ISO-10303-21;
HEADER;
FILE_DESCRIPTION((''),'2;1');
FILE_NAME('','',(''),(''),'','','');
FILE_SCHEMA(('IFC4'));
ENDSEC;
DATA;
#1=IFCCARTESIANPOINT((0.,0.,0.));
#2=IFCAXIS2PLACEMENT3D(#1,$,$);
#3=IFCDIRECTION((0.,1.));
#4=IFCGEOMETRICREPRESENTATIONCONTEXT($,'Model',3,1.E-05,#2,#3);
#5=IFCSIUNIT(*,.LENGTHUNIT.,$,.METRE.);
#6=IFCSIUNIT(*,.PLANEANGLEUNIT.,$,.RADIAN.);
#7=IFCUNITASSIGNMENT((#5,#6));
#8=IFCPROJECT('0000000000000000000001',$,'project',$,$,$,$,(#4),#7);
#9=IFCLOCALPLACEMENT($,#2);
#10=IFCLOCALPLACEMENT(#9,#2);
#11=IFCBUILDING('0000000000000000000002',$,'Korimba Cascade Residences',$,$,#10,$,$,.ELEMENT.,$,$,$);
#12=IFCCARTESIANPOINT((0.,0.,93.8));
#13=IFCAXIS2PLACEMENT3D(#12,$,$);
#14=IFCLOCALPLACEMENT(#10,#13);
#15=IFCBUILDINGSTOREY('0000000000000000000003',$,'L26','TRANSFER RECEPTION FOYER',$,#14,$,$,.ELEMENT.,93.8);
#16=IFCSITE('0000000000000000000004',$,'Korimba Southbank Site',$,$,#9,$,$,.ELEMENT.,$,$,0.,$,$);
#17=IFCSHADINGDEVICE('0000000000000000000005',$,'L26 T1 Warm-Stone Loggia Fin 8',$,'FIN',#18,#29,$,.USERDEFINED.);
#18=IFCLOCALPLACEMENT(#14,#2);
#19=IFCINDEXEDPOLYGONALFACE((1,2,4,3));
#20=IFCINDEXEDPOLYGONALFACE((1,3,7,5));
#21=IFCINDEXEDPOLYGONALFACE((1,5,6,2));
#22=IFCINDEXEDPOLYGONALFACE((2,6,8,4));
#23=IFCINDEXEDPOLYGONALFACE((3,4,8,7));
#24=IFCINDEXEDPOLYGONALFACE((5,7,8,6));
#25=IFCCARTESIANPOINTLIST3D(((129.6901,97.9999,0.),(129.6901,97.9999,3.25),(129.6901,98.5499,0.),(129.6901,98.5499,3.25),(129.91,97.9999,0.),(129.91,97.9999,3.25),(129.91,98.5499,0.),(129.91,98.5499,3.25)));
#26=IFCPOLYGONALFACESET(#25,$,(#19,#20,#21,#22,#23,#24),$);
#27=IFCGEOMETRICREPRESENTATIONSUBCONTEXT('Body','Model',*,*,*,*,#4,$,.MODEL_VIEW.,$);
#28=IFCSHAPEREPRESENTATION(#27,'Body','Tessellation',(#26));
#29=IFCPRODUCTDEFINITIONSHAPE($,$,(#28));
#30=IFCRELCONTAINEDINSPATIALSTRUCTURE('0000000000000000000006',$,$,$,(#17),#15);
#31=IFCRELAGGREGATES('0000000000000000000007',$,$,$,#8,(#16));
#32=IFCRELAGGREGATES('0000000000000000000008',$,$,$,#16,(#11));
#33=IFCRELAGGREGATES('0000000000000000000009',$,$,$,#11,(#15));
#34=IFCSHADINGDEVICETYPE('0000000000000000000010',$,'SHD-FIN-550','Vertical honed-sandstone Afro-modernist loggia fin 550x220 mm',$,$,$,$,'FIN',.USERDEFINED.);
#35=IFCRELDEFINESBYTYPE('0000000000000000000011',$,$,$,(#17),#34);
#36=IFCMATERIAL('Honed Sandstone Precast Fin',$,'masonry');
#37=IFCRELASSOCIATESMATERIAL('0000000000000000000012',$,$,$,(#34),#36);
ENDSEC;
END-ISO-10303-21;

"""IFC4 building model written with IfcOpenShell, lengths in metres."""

from ifc_helpers import new_model, si_unit, direction, frame, origin, origin_2d, place, context, subcontext, project, spatial, rectangle, extrude, material, type_object, element, save


model = new_model("IFC4")

# Units and contexts
model_context = context("Model", 3, precision=1e-05, world=origin(), true_north=direction((0.0, 1.0)))
body_context = subcontext(model_context, "Body", "Model", "MODEL_VIEW")
ifc_project = project(units=[si_unit("LENGTHUNIT", "METRE"), si_unit("PLANEANGLEUNIT", "RADIAN")], contexts=[model_context])

# Site, building, storey
site_placement = place(None, origin())
site = spatial("IfcSite", under=ifc_project, at=site_placement, Name="Korimba Southbank Site", CompositionType="ELEMENT", RefElevation=0.0)
building_placement = place(site_placement, origin())
building = spatial("IfcBuilding", under=site, at=building_placement, Name="Korimba Cascade Residences", CompositionType="ELEMENT")
storey_placement = place(building_placement, frame((0.0, 0.0, 93.8)))
storey = spatial("IfcBuildingStorey", under=building, at=storey_placement, Name="L26", Description="TRANSFER RECEPTION FOYER", CompositionType="ELEMENT", Elevation=93.8)

# Shading device
ifc_material_1 = material(Name="Honed Sandstone Precast Fin", Category="masonry")
shading_device_type = type_object("IfcShadingDeviceType", Name="SHD-FIN-550", Description="Vertical honed-sandstone Afro-modernist loggia fin 550x220 mm", ElementType="FIN", PredefinedType="USERDEFINED", material=ifc_material_1)
shading_device_placement = place(storey_placement, frame((129.8, 98.2749, 0.0), z_axis=(0.0, 0.0, 1.0), x_axis=(1.0, 0.0, 0.0)))
element("IfcShadingDevice", 1, at=shading_device_placement, inside=storey, type_object=shading_device_type, Name="L26 T1 Warm-Stone Loggia Fin 8", ObjectType="FIN", PredefinedType="USERDEFINED", context=body_context, shape_type="SweptSolid", body=[
    extrude(rectangle(XDim=0.22, YDim=0.55, at=origin_2d()), origin(), (0.0, 0.0, 1.0), 3.25),
])

save(model, "model.ifc")
